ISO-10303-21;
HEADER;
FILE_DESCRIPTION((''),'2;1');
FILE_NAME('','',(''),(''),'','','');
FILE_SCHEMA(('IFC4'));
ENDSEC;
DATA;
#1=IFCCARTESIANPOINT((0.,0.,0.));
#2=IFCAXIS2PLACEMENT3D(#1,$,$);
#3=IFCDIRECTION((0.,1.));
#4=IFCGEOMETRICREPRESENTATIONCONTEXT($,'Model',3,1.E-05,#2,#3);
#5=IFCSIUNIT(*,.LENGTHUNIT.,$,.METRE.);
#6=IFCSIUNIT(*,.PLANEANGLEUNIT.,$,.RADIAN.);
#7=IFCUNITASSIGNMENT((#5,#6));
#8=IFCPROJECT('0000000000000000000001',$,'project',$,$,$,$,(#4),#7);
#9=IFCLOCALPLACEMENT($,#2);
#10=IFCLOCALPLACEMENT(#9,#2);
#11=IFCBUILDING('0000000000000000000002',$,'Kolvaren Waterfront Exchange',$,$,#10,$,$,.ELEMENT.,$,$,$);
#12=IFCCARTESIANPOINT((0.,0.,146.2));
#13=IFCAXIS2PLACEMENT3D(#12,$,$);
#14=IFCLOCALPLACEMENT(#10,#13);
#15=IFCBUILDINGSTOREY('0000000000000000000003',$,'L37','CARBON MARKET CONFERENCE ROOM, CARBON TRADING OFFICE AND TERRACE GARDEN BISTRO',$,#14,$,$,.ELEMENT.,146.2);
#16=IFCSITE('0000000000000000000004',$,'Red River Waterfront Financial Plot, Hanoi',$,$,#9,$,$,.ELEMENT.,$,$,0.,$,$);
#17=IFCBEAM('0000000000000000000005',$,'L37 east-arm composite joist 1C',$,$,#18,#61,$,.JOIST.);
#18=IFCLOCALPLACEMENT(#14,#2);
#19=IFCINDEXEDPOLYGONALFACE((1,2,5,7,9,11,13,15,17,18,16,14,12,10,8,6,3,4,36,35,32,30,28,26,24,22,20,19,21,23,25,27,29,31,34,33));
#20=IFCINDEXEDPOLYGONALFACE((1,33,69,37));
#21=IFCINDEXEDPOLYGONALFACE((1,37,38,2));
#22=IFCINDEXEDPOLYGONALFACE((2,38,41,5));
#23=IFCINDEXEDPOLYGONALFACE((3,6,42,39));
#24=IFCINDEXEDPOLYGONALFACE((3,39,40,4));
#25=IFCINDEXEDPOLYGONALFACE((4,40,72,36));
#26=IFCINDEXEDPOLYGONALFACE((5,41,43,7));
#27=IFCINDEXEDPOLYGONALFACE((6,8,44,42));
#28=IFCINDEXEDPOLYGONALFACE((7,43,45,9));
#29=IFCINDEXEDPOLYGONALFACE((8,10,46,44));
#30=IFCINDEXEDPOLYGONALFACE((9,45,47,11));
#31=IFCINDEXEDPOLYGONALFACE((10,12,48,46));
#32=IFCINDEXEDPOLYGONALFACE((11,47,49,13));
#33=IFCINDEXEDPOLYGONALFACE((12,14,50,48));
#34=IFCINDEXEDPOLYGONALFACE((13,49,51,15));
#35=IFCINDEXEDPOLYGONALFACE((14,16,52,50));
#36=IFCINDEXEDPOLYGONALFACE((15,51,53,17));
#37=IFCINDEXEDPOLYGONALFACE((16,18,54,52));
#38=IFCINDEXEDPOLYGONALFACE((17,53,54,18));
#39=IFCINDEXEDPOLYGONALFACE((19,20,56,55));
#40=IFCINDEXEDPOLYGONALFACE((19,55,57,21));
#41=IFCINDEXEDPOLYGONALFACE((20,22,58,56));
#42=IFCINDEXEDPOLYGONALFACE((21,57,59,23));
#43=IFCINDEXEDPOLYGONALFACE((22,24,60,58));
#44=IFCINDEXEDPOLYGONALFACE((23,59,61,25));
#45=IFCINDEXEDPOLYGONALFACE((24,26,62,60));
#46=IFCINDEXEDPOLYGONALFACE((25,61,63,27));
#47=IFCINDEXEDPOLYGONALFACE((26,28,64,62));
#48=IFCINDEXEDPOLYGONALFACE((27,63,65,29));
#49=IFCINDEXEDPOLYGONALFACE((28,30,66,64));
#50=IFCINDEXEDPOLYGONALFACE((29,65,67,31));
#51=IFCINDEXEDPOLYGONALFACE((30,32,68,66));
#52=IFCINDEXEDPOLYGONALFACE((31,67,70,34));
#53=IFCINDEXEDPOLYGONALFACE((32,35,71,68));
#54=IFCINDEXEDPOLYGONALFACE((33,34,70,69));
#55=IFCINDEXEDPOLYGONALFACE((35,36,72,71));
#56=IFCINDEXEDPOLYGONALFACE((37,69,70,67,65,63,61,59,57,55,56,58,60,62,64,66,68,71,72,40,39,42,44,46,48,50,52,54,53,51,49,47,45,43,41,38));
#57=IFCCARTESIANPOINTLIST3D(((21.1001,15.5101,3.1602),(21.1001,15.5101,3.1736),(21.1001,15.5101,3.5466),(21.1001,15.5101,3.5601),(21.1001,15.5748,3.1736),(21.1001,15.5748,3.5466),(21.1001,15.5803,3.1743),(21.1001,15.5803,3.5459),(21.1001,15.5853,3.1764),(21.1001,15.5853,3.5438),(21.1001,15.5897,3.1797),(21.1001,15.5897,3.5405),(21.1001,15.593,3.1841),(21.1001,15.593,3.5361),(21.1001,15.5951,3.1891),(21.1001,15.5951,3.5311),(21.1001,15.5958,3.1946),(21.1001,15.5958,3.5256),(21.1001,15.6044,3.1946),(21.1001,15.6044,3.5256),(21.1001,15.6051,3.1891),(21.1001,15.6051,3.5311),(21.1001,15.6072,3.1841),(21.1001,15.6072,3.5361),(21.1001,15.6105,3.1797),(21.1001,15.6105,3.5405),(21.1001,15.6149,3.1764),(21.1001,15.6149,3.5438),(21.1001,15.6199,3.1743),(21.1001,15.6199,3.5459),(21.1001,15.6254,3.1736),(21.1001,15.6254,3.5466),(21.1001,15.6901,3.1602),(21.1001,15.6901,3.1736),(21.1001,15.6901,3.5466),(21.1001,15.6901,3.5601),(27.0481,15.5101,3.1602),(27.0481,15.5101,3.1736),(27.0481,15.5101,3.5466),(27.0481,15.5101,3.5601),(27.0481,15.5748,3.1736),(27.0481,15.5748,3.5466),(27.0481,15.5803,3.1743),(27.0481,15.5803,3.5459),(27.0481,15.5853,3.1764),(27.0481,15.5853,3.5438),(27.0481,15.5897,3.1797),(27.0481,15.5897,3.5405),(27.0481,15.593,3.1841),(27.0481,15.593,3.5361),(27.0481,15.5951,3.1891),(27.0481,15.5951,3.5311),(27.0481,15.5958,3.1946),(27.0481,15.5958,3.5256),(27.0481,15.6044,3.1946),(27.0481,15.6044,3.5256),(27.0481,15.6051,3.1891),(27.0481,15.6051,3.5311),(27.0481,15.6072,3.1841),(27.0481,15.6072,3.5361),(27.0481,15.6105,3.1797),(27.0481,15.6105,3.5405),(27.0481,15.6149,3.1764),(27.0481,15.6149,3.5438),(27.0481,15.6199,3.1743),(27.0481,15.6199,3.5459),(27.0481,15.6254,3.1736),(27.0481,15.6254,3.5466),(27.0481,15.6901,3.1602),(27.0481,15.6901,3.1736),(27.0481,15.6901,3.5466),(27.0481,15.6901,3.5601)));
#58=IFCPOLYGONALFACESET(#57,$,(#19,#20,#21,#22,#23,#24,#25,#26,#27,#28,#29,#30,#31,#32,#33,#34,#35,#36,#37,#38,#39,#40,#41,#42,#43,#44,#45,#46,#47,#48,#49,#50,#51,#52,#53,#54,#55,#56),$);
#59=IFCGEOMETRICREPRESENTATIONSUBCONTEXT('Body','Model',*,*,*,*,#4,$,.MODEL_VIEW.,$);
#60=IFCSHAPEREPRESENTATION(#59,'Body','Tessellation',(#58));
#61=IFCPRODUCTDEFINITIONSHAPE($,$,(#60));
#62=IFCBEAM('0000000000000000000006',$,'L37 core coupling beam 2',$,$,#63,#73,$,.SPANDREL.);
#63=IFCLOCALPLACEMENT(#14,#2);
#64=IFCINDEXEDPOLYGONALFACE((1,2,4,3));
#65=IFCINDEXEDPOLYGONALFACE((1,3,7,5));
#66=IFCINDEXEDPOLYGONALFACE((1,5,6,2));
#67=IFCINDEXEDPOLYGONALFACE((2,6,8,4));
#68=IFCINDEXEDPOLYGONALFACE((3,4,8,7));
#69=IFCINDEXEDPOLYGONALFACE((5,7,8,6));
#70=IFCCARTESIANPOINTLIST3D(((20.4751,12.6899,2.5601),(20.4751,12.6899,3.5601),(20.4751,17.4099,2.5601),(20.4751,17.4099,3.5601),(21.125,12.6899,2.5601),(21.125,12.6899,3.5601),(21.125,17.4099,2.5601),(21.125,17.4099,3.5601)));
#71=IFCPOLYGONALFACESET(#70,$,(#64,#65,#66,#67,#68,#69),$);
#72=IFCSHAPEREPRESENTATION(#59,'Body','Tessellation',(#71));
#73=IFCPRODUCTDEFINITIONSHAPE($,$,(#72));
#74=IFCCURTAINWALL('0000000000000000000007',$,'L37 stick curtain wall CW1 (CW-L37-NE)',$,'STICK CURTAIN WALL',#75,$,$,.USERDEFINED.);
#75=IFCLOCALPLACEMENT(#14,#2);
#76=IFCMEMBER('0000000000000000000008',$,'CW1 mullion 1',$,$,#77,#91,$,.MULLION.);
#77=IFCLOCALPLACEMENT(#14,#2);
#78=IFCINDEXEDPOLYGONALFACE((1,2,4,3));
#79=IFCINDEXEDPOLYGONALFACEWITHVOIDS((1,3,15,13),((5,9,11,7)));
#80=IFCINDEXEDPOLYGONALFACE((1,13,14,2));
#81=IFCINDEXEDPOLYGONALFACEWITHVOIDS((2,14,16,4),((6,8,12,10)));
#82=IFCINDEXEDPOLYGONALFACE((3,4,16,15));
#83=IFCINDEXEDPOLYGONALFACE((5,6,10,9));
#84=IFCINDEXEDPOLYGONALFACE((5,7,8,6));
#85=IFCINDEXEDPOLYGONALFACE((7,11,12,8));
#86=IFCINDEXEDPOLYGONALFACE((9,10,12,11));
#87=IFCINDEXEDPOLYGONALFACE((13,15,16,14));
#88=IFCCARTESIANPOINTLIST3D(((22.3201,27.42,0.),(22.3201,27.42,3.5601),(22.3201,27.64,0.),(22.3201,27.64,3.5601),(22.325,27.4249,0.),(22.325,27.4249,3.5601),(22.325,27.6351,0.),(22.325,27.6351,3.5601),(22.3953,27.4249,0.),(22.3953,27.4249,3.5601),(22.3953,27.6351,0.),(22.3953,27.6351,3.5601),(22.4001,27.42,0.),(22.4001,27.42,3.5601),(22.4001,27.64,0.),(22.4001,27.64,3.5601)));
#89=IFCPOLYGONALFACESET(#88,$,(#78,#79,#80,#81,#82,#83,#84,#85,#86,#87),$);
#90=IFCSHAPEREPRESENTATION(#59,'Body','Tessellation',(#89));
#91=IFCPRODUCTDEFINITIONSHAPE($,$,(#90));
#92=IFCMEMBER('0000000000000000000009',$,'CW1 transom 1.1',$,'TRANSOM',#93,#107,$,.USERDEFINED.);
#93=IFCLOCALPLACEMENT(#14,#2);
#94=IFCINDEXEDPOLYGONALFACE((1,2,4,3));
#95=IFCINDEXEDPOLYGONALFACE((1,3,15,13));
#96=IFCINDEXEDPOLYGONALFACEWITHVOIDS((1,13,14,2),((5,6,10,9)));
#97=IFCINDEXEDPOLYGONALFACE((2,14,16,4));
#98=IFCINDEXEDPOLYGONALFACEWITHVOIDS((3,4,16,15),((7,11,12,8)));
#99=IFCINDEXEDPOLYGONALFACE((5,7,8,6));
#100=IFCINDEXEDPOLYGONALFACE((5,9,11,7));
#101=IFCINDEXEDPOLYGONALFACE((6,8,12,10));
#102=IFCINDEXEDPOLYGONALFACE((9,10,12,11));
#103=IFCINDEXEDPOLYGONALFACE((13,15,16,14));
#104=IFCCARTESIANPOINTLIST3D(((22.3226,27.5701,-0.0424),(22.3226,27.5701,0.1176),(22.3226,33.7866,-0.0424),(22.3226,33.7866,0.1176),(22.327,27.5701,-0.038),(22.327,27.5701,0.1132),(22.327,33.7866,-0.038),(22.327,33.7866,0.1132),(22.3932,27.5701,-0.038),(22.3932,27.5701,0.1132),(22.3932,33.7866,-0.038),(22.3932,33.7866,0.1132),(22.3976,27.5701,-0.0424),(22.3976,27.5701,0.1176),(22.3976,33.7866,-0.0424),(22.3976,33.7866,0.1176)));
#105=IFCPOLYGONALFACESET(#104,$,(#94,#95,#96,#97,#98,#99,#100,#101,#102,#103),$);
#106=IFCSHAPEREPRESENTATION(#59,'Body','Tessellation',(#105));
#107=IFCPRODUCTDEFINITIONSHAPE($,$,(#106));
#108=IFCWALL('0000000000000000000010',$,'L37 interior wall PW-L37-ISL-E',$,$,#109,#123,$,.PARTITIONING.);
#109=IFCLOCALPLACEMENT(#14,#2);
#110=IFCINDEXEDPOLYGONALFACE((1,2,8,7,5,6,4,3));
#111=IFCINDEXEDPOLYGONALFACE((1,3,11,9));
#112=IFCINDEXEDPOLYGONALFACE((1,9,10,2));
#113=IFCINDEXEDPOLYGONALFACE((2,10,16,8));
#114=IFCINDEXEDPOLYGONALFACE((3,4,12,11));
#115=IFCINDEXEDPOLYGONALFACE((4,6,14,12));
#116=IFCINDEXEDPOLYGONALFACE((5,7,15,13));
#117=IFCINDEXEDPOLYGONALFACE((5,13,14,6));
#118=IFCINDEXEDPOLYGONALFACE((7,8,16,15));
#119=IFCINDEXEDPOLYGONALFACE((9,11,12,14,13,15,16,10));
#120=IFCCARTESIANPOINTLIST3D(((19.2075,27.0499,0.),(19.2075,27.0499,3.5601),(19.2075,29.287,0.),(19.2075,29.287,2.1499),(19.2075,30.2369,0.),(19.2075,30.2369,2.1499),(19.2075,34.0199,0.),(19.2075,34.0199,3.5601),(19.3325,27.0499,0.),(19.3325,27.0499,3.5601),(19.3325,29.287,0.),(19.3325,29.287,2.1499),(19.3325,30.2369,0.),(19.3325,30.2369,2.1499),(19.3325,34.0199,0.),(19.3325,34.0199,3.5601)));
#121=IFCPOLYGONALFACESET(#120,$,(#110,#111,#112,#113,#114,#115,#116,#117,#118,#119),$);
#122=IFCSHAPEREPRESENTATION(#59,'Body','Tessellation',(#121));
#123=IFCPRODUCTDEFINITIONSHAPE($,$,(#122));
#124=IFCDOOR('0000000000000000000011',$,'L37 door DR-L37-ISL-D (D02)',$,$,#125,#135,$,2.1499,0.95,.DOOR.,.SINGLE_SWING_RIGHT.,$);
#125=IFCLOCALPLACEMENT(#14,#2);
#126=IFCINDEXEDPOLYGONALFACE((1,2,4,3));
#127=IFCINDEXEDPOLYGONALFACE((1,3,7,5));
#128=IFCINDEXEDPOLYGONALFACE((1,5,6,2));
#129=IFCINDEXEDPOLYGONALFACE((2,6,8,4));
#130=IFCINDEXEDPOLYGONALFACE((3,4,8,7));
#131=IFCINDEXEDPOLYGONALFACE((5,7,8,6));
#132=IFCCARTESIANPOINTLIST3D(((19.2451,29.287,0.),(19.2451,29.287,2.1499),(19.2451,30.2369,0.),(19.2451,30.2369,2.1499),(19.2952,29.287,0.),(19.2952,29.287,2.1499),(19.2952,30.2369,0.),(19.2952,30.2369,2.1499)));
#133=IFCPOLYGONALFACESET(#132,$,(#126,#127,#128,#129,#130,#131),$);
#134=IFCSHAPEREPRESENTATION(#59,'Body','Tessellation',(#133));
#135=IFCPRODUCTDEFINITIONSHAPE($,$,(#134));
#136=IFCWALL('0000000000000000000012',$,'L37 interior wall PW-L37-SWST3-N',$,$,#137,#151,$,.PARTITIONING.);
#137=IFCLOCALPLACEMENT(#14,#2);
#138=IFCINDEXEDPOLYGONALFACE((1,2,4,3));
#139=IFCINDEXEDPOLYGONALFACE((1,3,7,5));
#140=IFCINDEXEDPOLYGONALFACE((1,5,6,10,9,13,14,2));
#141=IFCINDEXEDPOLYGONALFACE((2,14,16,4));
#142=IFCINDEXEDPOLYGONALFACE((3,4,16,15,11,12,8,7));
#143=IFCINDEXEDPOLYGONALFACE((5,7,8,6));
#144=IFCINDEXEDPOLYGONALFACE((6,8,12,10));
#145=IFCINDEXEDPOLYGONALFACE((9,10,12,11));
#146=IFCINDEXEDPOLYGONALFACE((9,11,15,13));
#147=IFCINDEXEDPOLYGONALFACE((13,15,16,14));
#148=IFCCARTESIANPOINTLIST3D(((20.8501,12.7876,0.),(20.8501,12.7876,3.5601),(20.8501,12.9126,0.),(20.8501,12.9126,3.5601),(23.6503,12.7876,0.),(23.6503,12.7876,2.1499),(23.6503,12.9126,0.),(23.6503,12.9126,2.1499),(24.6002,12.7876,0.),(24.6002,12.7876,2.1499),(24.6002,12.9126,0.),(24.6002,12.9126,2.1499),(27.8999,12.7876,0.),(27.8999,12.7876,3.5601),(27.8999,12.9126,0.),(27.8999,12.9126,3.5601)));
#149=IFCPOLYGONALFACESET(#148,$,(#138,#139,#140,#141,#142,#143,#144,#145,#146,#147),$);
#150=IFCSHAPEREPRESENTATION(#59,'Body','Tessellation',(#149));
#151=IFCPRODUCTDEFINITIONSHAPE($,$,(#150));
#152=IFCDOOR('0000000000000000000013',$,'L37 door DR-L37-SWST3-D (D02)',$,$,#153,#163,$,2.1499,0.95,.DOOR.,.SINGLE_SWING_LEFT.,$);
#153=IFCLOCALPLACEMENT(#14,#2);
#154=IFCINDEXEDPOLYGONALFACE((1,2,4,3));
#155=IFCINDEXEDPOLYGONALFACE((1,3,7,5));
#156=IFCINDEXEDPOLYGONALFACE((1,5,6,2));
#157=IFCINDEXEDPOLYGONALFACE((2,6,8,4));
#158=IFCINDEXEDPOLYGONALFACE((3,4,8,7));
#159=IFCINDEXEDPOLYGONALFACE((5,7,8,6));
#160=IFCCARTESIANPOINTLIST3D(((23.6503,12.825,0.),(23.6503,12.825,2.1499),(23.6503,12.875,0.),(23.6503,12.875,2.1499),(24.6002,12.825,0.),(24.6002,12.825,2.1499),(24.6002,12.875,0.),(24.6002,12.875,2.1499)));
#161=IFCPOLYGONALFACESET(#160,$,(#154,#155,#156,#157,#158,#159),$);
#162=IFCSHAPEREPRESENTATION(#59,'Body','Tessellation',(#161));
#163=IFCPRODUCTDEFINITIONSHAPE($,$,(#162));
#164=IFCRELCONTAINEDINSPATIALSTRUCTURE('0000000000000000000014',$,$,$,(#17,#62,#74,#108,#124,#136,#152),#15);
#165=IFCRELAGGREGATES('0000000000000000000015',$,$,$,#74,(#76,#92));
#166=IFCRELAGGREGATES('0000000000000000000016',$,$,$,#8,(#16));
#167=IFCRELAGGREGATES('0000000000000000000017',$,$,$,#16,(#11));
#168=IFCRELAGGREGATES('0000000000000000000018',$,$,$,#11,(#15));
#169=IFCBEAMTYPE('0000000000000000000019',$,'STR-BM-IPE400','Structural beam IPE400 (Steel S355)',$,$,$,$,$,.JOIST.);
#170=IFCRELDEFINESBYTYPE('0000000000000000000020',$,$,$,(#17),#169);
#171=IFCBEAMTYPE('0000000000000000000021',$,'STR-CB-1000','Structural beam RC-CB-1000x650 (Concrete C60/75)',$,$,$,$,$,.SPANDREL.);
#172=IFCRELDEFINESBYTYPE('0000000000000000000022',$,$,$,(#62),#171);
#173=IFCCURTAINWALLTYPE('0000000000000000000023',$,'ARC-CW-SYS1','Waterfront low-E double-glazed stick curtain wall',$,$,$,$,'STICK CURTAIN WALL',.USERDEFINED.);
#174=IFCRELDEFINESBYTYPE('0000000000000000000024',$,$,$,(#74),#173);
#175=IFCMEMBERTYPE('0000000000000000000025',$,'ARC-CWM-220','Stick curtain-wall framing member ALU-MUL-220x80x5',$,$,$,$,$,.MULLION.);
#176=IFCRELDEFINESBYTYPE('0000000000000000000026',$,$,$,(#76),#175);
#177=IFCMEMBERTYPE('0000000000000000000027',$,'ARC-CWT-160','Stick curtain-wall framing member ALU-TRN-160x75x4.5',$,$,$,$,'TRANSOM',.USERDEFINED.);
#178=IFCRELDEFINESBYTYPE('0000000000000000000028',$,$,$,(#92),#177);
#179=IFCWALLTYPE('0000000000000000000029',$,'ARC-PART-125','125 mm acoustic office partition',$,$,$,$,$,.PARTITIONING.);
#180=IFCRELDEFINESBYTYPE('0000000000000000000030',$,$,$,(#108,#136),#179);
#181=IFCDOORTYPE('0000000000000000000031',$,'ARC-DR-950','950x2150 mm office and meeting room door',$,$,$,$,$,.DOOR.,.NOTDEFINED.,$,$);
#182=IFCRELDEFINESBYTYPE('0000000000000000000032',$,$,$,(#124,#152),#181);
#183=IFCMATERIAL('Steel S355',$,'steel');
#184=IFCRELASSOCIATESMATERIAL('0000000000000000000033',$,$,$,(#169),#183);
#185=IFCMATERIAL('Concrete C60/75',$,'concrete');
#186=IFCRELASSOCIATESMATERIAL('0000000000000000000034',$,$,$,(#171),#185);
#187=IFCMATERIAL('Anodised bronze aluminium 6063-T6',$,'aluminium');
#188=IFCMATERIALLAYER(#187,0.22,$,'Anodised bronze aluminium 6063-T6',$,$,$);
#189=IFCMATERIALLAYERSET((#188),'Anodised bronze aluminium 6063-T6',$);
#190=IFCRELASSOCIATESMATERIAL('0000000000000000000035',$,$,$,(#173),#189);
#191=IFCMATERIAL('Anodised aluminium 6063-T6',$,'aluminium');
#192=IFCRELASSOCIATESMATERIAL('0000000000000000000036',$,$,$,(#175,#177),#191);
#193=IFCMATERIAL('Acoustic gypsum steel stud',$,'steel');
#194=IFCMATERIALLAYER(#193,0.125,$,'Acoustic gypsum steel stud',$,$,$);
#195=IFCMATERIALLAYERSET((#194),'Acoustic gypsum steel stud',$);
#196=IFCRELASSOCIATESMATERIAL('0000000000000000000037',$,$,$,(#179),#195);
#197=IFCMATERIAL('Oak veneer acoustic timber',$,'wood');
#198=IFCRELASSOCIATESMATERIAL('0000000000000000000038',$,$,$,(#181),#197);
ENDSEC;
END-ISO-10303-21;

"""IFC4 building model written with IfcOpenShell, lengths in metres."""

from ifc_helpers import new_model, si_unit, direction, frame, frame_2d, origin, origin_with_axes, origin_2d, place, context, subcontext, project, spatial, rectangle, hollow_rectangle, i_section, extrude, source, transform, mapped, material, layer, layer_set, material_profile, profile_set, type_object, element, fill, aggregate, save


model = new_model("IFC4")

# Units and contexts
model_context = context("Model", 3, precision=1e-05, world=origin(), true_north=direction((0.0, 1.0)))
body_context = subcontext(model_context, "Body", "Model", "MODEL_VIEW")
ifc_project = project(units=[si_unit("LENGTHUNIT", "METRE"), si_unit("PLANEANGLEUNIT", "RADIAN")], contexts=[model_context])

# Site, building, storey
site_placement = place(None, origin())
site = spatial("IfcSite", under=ifc_project, at=site_placement, Name="Red River Waterfront Financial Plot, Hanoi", CompositionType="ELEMENT", RefElevation=0.0)
building_placement = place(site_placement, origin())
building = spatial("IfcBuilding", under=site, at=building_placement, Name="Kolvaren Waterfront Exchange", CompositionType="ELEMENT")
storey_placement = place(building_placement, frame((0.0, 0.0, 146.2)))
storey = spatial("IfcBuildingStorey", under=building, at=storey_placement, Name="L37", Description="CARBON MARKET CONFERENCE ROOM, CARBON TRADING OFFICE AND TERRACE GARDEN BISTRO", CompositionType="ELEMENT", Elevation=146.2)

# Shared definitions
ifc_material_1 = material(Name="Concrete C60/75", Category="concrete")

# Beams
ifc_material_2 = material(Name="Steel S355", Category="steel")
ifc_material_profile_1 = material_profile(ifc_material_2, i_section(OverallWidth=0.1799, OverallDepth=0.3999, WebThickness=0.0085, FlangeThickness=0.0134, FilletRadius=0.021, at=origin_2d()), Name="IPE400")
ifc_profile_set_1 = profile_set([ifc_material_profile_1], Name="Steel S355")
beam_type_1 = type_object("IfcBeamType", Name="STR-BM-IPE400", Description="Structural beam IPE400 (Steel S355)", PredefinedType="JOIST", material=ifc_profile_set_1)
for number, where, z_axis, x_axis, name in (
    (1, (21.1001, 15.6001, 3.3601), (1.0, 0.0, 0.0), (0.0, 1.0, 0.0), "L37 east-arm composite joist 1C"),
):
    element("IfcBeam", number, at=place(storey_placement, frame(where, z_axis=z_axis, x_axis=x_axis)), inside=storey, type_object=beam_type_1, Name=name, PredefinedType="JOIST", context=body_context, shape_type="SweptSolid", body=[
        extrude(i_section(OverallWidth=0.1799, OverallDepth=0.3999, WebThickness=0.0085, FlangeThickness=0.0134, FilletRadius=0.021, at=origin_2d()), origin(), (0.0, 0.0, 1.0), 5.948),
    ])
ifc_material_profile_2 = material_profile(ifc_material_1, rectangle(XDim=0.6499, YDim=1.0, at=origin_2d()), Name="RC-CB-1000x650")
ifc_profile_set_2 = profile_set([ifc_material_profile_2], Name="Concrete C60/75")
beam_type_2 = type_object("IfcBeamType", Name="STR-CB-1000", Description="Structural beam RC-CB-1000x650 (Concrete C60/75)", PredefinedType="SPANDREL", material=ifc_profile_set_2)
beam_1_placement = place(storey_placement, frame((20.8, 12.6899, 3.0601), z_axis=(0.0, 1.0, 0.0), x_axis=(-1.0, 0.0, 0.0)))
element("IfcBeam", 2, at=beam_1_placement, inside=storey, type_object=beam_type_2, Name="L37 core coupling beam 2", PredefinedType="SPANDREL", context=body_context, shape_type="SweptSolid", body=[
    extrude(rectangle(XDim=0.6499, YDim=1.0, at=origin_2d()), origin(), (0.0, 0.0, 1.0), 4.72),
])

# Curtain wall, members
ifc_material_3 = material(Name="Anodised bronze aluminium 6063-T6", Category="aluminium")
ifc_layer_1 = layer(ifc_material_3, 0.22, Name="Anodised bronze aluminium 6063-T6")
ifc_layer_set_1 = layer_set([ifc_layer_1], Name="Anodised bronze aluminium 6063-T6")
curtain_wall_type = type_object("IfcCurtainWallType", Name="ARC-CW-SYS1", Description="Waterfront low-E double-glazed stick curtain wall", ElementType="STICK CURTAIN WALL", PredefinedType="USERDEFINED", material=ifc_layer_set_1)
curtain_wall_placement = place(storey_placement, origin())
curtain_wall = element("IfcCurtainWall", 3, at=curtain_wall_placement, inside=storey, type_object=curtain_wall_type, Name="L37 stick curtain wall CW1 (CW-L37-NE)", ObjectType="STICK CURTAIN WALL", PredefinedType="USERDEFINED")
ifc_material_4 = material(Name="Anodised aluminium 6063-T6", Category="aluminium")
ifc_material_profile_3 = material_profile(ifc_material_4, hollow_rectangle(XDim=0.0801, YDim=0.22, WallThickness=0.0049, at=origin_2d()), Name="ALU-MUL-220x80x5")
ifc_profile_set_3 = profile_set([ifc_material_profile_3], Name="Anodised aluminium 6063-T6")
member_type_1 = type_object("IfcMemberType", Name="ARC-CWM-220", Description="Stick curtain-wall framing member ALU-MUL-220x80x5", PredefinedType="MULLION", material=ifc_profile_set_3)
shared_shape_1 = source(origin_with_axes(), body_context, "Body", "SweptSolid", [
    extrude(hollow_rectangle(XDim=0.0801, YDim=0.22, WallThickness=0.0049, at=origin_2d()), origin(), (0.0, 0.0, 1.0), 3.5601),
])
member_1_placement = place(storey_placement, frame((22.3601, 27.53, 0.0), z_axis=(0.0, 0.0, 1.0), x_axis=(-1.0, 0.0, 0.0)))
member_1 = element("IfcMember", 4, at=member_1_placement, type_object=member_type_1, Name="CW1 mullion 1", PredefinedType="MULLION", context=body_context, shape_type="MappedRepresentation", body=[
    mapped(shared_shape_1, transform((0.0, 0.0, 0.0), x_axis=(1.0, 0.0, 0.0), y_axis=(0.0, 1.0, 0.0), z_axis=(0.0, 0.0, 1.0), scale=1.0)),
])
ifc_material_profile_4 = material_profile(ifc_material_4, hollow_rectangle(XDim=0.075, YDim=0.1599, WallThickness=0.0044, at=origin_2d()), Name="ALU-TRN-160x75x4.5")
ifc_profile_set_4 = profile_set([ifc_material_profile_4], Name="Anodised aluminium 6063-T6")
member_type_2 = type_object("IfcMemberType", Name="ARC-CWT-160", Description="Stick curtain-wall framing member ALU-TRN-160x75x4.5", ElementType="TRANSOM", PredefinedType="USERDEFINED", material=ifc_profile_set_4)
shared_shape_2 = source(origin_with_axes(), body_context, "Body", "SweptSolid", [
    extrude(hollow_rectangle(XDim=0.075, YDim=0.1599, WallThickness=0.0044, at=origin_2d()), origin(), (0.0, 0.0, 1.0), 6.2166),
])
member_2_placement = place(storey_placement, frame((22.3601, 27.5701, 0.0376), z_axis=(0.0, 1.0, 0.0), x_axis=(-1.0, 0.0, 0.0)))
member_2 = element("IfcMember", 5, at=member_2_placement, type_object=member_type_2, Name="CW1 transom 1.1", ObjectType="TRANSOM", PredefinedType="USERDEFINED", context=body_context, shape_type="MappedRepresentation", body=[
    mapped(shared_shape_2, transform((0.0, 0.0, 0.0), x_axis=(1.0, 0.0, 0.0), y_axis=(0.0, 1.0, 0.0), z_axis=(0.0, 0.0, 1.0), scale=1.0)),
])
aggregate(curtain_wall, [member_1, member_2])

# Walls, openings, doors
ifc_material_5 = material(Name="Acoustic gypsum steel stud", Category="steel")
ifc_layer_2 = layer(ifc_material_5, 0.125, Name="Acoustic gypsum steel stud")
ifc_layer_set_2 = layer_set([ifc_layer_2], Name="Acoustic gypsum steel stud")
wall_type_1 = type_object("IfcWallType", Name="ARC-PART-125", Description="125 mm acoustic office partition", PredefinedType="PARTITIONING", material=ifc_layer_set_2)
wall_1_placement = place(storey_placement, frame((19.27, 27.05, 0.0), z_axis=(0.0, 0.0, 1.0), x_axis=(0.0, 1.0, 0.0)))
wall_1 = element("IfcWall", 6, at=wall_1_placement, inside=storey, type_object=wall_type_1, Name="L37 interior wall PW-L37-ISL-E", PredefinedType="PARTITIONING", context=body_context, shape_type="SweptSolid", body=[
    extrude(rectangle(XDim=6.97, YDim=0.125, at=frame_2d((3.4849, 0.0))), origin(), (0.0, 0.0, 1.0), 3.5601),
])
opening_1_placement = place(wall_1_placement, frame((2.2368, 0.0, 0.0)))
opening_1 = element("IfcOpeningElement", 7, at=opening_1_placement, cuts=wall_1, PredefinedType="OPENING", context=body_context, shape_type="SweptSolid", body=[
    extrude(rectangle(XDim=0.95, YDim=2.1499, at=frame_2d((0.4751, 1.075))), frame((0.0, 0.0725, 0.0), z_axis=(0.0, -1.0, 0.0), x_axis=(1.0, 0.0, 0.0)), (0.0, 0.0, 1.0), 0.145),
])
ifc_material_6 = material(Name="Oak veneer acoustic timber", Category="wood")
door_type_1 = type_object("IfcDoorType", Name="ARC-DR-950", Description="950x2150 mm office and meeting room door", OperationType="NOTDEFINED", PredefinedType="DOOR", material=ifc_material_6)
door_1_placement = place(opening_1_placement, origin())
door_1 = element("IfcDoor", 8, at=door_1_placement, inside=storey, type_object=door_type_1, Name="L37 door DR-L37-ISL-D (D02)", OperationType="SINGLE_SWING_RIGHT", OverallHeight=2.1499, OverallWidth=0.95, PredefinedType="DOOR", context=body_context, shape_type="SweptSolid", body=[
    extrude(rectangle(XDim=0.95, YDim=2.1499, at=frame_2d((0.4751, 1.075))), frame((0.0, 0.0249, 0.0), z_axis=(0.0, -1.0, 0.0), x_axis=(1.0, 0.0, 0.0)), (0.0, 0.0, 1.0), 0.05),
])
fill(opening_1, door_1)
wall_2_placement = place(storey_placement, frame((20.8501, 12.8501, 0.0), z_axis=(0.0, 0.0, 1.0), x_axis=(1.0, 0.0, 0.0)))
wall_2 = element("IfcWall", 9, at=wall_2_placement, inside=storey, type_object=wall_type_1, Name="L37 interior wall PW-L37-SWST3-N", PredefinedType="PARTITIONING", context=body_context, shape_type="SweptSolid", body=[
    extrude(rectangle(XDim=7.0498, YDim=0.125, at=frame_2d((3.5249, 0.0))), origin(), (0.0, 0.0, 1.0), 3.5601),
])
opening_2_placement = place(wall_2_placement, frame((2.8, 0.0, 0.0)))
opening_2 = element("IfcOpeningElement", 10, at=opening_2_placement, cuts=wall_2, PredefinedType="OPENING", context=body_context, shape_type="SweptSolid", body=[
    extrude(rectangle(XDim=0.95, YDim=2.1499, at=frame_2d((0.4751, 1.075))), frame((0.0, 0.0725, 0.0), z_axis=(0.0, -1.0, 0.0), x_axis=(1.0, 0.0, 0.0)), (0.0, 0.0, 1.0), 0.145),
])
door_2_placement = place(opening_2_placement, origin())
door_2 = element("IfcDoor", 11, at=door_2_placement, inside=storey, type_object=door_type_1, Name="L37 door DR-L37-SWST3-D (D02)", OperationType="SINGLE_SWING_LEFT", OverallHeight=2.1499, OverallWidth=0.95, PredefinedType="DOOR", context=body_context, shape_type="SweptSolid", body=[
    extrude(rectangle(XDim=0.95, YDim=2.1499, at=frame_2d((0.4751, 1.075))), frame((0.0, 0.0249, 0.0), z_axis=(0.0, -1.0, 0.0), x_axis=(1.0, 0.0, 0.0)), (0.0, 0.0, 1.0), 0.05),
])
fill(opening_2, door_2)

save(model, "model.ifc")
